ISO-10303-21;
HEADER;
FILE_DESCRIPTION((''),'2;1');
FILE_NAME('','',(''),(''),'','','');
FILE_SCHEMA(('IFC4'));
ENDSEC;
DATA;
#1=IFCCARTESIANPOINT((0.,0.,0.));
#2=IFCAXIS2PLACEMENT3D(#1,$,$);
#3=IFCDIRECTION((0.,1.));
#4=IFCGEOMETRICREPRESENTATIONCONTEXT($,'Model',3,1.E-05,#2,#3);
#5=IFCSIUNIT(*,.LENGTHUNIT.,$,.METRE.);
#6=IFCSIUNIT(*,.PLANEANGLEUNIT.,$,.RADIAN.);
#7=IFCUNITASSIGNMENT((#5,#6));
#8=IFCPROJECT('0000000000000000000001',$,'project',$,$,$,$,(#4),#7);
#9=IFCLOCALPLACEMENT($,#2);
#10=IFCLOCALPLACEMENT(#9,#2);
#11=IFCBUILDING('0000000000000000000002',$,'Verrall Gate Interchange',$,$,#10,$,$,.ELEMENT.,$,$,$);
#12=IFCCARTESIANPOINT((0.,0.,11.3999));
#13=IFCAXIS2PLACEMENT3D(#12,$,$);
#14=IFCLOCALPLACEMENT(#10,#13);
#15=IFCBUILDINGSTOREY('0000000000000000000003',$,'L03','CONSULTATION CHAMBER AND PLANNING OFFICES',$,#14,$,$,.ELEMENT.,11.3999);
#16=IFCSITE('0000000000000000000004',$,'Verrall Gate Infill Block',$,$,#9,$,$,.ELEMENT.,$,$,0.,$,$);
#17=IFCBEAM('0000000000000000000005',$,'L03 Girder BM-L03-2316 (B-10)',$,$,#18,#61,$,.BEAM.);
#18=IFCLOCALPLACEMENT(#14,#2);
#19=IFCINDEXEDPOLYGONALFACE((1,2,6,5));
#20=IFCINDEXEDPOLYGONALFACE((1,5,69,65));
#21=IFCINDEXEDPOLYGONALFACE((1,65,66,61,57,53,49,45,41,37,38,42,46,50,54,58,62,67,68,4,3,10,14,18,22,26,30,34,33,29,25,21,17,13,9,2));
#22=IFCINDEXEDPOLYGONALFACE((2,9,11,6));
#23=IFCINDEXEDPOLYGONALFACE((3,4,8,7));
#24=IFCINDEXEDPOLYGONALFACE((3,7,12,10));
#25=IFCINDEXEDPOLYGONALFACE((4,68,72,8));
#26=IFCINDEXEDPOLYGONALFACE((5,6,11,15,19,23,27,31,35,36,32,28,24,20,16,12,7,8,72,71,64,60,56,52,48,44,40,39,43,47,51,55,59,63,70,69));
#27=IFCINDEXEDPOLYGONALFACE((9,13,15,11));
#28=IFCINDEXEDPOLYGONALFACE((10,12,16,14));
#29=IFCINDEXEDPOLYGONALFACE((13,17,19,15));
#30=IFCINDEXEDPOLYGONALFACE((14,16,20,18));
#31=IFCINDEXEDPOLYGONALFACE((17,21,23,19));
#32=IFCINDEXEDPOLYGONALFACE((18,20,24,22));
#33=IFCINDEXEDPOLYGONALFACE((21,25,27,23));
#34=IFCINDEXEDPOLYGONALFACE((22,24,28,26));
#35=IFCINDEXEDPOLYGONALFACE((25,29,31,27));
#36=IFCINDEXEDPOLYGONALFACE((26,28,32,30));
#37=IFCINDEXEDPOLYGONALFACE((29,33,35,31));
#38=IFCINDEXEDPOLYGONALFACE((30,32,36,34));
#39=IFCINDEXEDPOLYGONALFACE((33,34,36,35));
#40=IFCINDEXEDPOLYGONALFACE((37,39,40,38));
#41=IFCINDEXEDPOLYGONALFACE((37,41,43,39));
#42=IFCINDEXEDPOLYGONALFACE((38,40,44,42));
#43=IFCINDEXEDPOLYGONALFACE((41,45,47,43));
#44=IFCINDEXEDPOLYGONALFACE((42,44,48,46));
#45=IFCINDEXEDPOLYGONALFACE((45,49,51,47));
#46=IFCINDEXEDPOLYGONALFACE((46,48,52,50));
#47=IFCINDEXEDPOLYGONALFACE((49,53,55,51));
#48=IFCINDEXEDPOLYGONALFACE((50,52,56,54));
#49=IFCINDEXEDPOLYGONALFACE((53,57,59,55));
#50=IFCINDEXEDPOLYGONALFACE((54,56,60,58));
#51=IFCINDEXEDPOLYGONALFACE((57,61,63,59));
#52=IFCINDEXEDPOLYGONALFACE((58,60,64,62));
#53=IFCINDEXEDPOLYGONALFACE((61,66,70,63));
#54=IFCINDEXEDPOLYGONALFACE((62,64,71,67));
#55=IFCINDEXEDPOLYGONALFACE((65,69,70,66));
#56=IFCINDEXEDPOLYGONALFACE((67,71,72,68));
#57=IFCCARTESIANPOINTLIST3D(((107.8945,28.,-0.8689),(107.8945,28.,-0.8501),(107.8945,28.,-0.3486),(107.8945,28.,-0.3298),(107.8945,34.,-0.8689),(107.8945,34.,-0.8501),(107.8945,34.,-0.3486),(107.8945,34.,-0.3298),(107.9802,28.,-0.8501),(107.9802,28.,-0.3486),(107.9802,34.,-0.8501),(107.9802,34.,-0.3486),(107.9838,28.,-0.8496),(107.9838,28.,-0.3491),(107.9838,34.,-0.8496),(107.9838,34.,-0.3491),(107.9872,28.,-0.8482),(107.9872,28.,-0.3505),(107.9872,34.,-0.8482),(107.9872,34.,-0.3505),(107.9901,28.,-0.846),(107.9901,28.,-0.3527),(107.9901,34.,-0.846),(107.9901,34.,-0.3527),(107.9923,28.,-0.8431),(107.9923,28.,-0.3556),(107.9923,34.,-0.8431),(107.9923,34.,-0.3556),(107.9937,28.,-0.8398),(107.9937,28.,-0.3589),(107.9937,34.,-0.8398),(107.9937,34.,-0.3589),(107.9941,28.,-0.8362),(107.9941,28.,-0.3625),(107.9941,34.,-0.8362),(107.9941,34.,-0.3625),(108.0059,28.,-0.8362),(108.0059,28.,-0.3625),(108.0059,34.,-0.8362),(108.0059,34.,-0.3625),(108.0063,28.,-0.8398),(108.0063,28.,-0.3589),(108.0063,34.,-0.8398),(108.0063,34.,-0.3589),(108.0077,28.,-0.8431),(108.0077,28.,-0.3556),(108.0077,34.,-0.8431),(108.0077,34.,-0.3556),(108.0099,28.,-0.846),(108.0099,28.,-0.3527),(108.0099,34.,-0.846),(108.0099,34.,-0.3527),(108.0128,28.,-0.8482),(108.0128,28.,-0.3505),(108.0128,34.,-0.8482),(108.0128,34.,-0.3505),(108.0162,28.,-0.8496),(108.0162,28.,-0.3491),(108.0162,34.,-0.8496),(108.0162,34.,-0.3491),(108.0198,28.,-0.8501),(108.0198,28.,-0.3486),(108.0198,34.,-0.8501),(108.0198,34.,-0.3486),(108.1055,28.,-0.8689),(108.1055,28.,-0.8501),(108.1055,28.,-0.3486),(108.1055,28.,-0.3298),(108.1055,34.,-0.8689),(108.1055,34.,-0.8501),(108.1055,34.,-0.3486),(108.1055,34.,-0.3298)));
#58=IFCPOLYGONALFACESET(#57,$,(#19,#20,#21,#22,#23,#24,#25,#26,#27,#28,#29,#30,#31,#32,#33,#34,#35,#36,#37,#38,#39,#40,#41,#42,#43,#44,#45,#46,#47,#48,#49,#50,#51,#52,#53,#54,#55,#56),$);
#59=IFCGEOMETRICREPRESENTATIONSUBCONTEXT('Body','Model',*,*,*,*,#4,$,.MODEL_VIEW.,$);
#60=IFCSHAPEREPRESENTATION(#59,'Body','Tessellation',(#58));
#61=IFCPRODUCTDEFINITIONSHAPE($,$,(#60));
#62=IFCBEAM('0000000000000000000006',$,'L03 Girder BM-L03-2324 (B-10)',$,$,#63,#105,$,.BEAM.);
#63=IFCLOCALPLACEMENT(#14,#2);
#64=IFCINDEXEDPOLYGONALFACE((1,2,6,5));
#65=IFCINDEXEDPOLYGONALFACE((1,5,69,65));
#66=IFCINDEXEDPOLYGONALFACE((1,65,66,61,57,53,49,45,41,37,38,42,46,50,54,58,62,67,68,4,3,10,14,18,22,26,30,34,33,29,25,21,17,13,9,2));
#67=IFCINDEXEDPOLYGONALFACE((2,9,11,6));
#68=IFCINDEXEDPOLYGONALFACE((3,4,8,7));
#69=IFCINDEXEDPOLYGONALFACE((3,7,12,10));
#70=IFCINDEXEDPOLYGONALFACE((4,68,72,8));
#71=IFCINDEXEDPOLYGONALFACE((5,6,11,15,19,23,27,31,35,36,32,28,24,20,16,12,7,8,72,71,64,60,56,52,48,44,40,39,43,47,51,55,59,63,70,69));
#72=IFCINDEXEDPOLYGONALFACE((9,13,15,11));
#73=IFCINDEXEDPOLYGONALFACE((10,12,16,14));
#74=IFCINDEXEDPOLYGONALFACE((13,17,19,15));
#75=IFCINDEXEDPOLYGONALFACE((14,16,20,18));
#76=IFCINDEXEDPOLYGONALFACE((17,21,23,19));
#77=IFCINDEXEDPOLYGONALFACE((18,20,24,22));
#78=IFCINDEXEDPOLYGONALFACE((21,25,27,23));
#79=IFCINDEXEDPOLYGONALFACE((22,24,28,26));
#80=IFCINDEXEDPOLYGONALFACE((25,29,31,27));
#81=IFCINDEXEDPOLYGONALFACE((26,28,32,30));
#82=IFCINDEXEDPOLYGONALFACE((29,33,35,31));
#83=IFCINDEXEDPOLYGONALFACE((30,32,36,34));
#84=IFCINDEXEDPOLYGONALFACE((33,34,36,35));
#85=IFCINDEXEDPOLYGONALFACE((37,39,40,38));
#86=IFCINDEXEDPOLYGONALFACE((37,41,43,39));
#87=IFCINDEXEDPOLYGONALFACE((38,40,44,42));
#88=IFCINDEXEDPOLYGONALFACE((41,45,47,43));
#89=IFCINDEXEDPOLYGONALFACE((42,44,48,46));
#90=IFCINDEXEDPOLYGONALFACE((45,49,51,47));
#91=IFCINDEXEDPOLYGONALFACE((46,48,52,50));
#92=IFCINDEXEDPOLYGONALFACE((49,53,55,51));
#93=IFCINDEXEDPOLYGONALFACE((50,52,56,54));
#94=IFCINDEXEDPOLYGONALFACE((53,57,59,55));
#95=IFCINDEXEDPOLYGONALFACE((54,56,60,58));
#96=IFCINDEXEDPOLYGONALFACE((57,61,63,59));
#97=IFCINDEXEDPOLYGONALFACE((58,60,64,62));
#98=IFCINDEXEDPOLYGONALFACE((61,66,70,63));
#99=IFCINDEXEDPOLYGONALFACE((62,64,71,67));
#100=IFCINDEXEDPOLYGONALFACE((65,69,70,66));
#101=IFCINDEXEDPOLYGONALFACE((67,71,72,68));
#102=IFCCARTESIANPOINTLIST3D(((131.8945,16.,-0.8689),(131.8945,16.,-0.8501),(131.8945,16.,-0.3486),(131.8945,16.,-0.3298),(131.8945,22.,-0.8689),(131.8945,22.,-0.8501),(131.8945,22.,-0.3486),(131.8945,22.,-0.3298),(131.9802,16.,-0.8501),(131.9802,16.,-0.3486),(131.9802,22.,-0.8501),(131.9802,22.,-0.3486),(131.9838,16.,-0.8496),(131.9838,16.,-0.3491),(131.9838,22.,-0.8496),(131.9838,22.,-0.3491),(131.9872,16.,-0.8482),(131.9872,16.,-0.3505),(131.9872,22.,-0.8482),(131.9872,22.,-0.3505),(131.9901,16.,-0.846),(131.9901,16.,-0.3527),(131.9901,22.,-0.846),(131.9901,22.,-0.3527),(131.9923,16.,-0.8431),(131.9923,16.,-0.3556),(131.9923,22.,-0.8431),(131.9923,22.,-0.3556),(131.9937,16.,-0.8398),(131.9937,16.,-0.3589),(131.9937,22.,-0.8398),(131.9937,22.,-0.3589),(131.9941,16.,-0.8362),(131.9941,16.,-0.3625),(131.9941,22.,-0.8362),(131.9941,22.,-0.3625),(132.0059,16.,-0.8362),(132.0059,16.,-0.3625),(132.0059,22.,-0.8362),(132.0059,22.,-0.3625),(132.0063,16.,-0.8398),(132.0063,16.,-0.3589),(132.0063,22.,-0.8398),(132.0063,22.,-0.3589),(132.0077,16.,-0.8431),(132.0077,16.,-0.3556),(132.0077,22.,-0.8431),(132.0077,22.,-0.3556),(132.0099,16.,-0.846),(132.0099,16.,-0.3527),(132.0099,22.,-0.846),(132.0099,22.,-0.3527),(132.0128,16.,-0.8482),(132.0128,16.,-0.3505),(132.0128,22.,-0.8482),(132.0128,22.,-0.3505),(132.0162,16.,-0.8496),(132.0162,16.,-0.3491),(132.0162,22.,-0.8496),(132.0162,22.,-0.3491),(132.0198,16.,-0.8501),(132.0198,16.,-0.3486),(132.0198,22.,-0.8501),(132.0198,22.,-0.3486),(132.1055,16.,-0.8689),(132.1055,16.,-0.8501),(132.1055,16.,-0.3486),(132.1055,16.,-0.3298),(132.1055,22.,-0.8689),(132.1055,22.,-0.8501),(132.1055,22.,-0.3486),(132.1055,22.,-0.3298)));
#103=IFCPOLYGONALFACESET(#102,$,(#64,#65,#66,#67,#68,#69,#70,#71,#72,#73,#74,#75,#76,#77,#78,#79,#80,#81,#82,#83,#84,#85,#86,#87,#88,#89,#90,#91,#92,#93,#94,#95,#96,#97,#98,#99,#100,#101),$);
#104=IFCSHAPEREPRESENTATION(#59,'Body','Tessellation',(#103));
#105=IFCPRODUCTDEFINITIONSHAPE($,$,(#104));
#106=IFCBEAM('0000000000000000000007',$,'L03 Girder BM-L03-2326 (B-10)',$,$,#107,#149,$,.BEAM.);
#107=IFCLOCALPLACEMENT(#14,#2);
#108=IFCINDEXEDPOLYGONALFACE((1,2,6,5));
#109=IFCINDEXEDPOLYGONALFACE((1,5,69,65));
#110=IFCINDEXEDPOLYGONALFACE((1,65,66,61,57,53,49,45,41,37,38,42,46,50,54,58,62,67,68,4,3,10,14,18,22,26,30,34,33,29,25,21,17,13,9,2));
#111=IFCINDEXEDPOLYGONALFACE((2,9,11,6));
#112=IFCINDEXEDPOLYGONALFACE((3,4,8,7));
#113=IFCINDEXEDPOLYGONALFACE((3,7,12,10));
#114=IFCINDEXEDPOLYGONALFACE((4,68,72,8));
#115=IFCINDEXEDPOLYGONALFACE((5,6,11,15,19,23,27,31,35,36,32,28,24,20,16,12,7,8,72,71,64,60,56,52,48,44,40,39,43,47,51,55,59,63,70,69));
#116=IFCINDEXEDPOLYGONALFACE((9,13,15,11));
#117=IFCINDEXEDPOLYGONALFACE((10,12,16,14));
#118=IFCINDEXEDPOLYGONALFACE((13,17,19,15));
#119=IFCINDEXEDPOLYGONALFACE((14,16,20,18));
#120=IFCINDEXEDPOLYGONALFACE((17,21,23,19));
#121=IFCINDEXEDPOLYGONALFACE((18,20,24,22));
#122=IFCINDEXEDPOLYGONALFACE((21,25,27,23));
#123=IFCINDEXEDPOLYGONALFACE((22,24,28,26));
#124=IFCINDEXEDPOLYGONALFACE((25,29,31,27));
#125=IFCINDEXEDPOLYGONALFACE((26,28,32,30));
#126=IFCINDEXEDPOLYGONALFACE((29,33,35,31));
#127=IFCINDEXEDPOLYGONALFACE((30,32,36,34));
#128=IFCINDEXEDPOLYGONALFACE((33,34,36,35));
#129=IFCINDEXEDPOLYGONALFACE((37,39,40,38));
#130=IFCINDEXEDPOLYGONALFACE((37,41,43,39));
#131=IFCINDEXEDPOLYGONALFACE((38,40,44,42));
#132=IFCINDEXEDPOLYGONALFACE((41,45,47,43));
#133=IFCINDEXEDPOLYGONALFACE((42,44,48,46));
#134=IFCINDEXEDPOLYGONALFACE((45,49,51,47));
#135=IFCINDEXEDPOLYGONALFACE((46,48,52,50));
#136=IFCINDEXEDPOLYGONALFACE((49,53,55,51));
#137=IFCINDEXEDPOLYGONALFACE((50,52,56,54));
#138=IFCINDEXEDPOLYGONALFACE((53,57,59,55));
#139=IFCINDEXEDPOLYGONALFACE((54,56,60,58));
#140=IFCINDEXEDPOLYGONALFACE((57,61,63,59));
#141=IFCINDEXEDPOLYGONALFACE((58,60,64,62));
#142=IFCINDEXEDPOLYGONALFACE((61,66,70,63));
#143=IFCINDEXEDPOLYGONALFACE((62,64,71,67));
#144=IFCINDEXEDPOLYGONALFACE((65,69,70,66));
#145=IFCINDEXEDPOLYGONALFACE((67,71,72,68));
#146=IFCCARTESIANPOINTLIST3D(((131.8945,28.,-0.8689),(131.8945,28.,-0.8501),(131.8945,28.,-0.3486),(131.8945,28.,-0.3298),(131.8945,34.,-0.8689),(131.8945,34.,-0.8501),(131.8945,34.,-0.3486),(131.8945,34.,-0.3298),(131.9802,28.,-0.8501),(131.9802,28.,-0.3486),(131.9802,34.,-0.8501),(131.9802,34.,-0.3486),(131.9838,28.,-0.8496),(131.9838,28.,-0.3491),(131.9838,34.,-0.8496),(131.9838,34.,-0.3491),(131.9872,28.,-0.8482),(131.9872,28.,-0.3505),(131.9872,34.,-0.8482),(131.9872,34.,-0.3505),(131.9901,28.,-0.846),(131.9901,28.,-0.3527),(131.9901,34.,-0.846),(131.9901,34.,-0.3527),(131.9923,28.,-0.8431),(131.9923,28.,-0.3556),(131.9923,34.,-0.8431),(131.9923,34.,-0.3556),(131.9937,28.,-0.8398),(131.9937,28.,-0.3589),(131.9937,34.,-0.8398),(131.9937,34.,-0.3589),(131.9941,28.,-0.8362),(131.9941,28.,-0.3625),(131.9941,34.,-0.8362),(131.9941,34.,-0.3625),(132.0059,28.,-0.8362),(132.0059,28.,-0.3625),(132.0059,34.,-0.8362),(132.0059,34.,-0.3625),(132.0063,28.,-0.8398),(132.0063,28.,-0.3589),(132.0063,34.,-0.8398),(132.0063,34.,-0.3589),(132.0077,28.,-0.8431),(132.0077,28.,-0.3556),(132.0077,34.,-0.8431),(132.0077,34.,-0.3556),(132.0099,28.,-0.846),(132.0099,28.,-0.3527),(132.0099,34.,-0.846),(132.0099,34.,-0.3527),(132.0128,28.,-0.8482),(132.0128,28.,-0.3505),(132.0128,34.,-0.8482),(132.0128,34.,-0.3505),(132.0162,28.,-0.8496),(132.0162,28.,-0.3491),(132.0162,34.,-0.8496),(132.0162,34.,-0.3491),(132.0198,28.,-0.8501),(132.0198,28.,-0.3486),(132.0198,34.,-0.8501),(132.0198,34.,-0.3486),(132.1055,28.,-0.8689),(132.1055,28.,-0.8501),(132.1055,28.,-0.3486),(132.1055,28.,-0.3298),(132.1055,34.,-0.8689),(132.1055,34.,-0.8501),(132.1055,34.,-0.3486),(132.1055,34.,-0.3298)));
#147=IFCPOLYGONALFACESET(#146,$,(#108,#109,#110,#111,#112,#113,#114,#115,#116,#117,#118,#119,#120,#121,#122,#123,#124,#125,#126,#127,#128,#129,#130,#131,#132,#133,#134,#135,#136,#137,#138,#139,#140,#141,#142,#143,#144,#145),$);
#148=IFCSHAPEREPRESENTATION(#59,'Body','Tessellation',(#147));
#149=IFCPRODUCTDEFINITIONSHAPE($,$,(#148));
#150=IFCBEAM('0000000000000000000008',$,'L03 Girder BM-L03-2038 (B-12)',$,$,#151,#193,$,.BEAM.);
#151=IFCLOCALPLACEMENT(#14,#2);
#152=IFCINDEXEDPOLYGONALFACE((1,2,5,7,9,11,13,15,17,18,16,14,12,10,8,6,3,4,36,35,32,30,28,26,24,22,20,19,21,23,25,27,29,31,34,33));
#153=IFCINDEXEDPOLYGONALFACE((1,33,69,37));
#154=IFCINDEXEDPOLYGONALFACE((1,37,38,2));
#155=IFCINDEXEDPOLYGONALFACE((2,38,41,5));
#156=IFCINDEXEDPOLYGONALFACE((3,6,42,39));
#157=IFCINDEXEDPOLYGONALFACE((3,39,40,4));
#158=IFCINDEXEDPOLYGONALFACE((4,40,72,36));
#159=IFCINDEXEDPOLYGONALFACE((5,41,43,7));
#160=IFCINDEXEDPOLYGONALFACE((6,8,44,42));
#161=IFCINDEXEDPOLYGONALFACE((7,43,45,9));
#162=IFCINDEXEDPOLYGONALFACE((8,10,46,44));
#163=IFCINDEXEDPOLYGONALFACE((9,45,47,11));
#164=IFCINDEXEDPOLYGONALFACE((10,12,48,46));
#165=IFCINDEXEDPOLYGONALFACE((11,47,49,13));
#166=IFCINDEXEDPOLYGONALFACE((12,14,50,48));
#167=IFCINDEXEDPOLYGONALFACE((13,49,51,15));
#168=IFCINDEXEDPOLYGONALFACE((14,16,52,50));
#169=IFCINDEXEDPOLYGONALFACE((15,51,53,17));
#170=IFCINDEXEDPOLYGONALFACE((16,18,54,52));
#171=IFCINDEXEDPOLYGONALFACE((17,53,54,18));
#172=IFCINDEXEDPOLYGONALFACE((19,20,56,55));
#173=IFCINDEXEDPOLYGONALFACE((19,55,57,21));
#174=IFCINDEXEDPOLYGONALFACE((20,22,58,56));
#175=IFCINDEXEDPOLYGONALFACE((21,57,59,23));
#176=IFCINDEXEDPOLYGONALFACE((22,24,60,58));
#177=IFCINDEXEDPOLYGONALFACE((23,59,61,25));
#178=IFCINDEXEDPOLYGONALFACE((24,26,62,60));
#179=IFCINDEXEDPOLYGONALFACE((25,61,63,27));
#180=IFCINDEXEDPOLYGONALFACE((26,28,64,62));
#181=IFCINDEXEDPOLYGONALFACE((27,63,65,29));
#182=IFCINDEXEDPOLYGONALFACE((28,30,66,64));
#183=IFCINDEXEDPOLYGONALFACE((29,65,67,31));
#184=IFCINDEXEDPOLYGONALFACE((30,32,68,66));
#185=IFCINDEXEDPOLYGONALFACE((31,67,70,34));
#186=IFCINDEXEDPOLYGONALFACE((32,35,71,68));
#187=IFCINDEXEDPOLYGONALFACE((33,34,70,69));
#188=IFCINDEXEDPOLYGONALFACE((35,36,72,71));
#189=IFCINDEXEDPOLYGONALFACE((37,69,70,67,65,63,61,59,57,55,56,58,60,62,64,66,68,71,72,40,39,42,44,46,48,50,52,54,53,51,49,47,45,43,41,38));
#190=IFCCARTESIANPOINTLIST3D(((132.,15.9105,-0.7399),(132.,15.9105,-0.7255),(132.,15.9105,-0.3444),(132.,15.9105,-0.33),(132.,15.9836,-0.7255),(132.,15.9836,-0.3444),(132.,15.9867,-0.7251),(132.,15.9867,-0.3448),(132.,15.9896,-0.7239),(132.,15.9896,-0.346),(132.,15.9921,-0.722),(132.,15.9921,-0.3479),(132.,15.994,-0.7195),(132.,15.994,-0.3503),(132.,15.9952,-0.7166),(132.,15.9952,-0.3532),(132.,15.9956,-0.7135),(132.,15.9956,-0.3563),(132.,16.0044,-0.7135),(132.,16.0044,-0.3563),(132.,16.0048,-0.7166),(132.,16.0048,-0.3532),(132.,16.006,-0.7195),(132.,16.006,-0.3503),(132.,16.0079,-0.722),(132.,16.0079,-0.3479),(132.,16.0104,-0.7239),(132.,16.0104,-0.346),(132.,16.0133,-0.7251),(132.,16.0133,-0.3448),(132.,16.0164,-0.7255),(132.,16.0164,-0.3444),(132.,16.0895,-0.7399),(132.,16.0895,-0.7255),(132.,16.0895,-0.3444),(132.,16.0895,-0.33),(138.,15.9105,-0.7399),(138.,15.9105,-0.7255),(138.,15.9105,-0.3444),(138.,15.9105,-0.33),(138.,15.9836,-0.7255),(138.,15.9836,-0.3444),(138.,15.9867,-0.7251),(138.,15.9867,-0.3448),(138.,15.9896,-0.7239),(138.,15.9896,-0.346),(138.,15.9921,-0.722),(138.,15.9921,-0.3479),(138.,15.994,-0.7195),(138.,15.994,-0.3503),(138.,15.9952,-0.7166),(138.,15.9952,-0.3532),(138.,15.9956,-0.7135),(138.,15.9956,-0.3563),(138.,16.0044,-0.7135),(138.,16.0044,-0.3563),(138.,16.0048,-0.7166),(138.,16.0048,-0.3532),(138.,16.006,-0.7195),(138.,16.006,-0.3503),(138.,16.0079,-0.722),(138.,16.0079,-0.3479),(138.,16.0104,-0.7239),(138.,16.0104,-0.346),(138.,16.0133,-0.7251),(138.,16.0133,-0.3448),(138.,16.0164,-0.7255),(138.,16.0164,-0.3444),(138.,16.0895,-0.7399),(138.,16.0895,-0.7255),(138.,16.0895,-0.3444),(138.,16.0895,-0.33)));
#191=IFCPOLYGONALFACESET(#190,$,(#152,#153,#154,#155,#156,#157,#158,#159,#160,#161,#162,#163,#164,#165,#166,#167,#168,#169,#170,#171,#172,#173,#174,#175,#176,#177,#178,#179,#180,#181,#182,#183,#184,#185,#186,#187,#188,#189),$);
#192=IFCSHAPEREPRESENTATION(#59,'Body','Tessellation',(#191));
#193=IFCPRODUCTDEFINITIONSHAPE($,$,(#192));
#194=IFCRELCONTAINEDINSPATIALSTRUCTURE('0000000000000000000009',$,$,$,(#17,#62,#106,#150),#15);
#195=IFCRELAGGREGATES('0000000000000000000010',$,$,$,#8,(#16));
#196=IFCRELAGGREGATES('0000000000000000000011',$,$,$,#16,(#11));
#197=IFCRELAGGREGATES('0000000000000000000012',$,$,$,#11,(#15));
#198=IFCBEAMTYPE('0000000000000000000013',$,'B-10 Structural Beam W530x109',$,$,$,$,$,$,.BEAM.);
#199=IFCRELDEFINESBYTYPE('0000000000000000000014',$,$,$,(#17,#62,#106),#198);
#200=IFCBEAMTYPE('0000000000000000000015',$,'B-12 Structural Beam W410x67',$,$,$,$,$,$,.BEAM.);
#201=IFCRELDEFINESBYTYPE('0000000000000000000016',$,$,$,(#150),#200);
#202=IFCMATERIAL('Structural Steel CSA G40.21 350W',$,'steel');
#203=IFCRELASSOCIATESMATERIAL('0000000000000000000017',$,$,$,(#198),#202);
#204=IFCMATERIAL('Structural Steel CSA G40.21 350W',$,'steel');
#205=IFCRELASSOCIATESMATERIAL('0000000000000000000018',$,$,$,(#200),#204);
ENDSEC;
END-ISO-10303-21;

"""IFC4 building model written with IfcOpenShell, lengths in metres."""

from ifc_helpers import new_model, si_unit, direction, frame, origin, origin_2d, place, context, subcontext, project, spatial, i_section, extrude, material, material_profile, profile_set, type_object, element, save


model = new_model("IFC4")

# Units and contexts
model_context = context("Model", 3, precision=1e-05, world=origin(), true_north=direction((0.0, 1.0)))
body_context = subcontext(model_context, "Body", "Model", "MODEL_VIEW")
ifc_project = project(units=[si_unit("LENGTHUNIT", "METRE"), si_unit("PLANEANGLEUNIT", "RADIAN")], contexts=[model_context])

# Site, building, storey
site_placement = place(None, origin())
site = spatial("IfcSite", under=ifc_project, at=site_placement, Name="Verrall Gate Infill Block", CompositionType="ELEMENT", RefElevation=0.0)
building_placement = place(site_placement, origin())
building = spatial("IfcBuilding", under=site, at=building_placement, Name="Verrall Gate Interchange", CompositionType="ELEMENT")
storey_placement = place(building_placement, frame((0.0, 0.0, 11.3999)))
storey = spatial("IfcBuildingStorey", under=building, at=storey_placement, Name="L03", Description="CONSULTATION CHAMBER AND PLANNING OFFICES", CompositionType="ELEMENT", Elevation=11.3999)

# Beams
ifc_material_1 = material(Name="Structural Steel CSA G40.21 350W", Category="steel")
ifc_material_profile_1 = material_profile(ifc_material_1, i_section(OverallWidth=0.2109, OverallDepth=0.5391, WebThickness=0.0117, FlangeThickness=0.0188, FilletRadius=0.0139, at=origin_2d()), Name="W530x109")
ifc_profile_set_1 = profile_set([ifc_material_profile_1], Name="Structural Steel CSA G40.21 350W")
beam_type_1 = type_object("IfcBeamType", Name="B-10 Structural Beam W530x109", PredefinedType="BEAM", material=ifc_profile_set_1)
for number, where, z_axis, x_axis, name in (
    (1, (108.0, 28.0, -0.5994), (0.0, 1.0, 0.0), (-1.0, 0.0, 0.0), "L03 Girder BM-L03-2316 (B-10)"),
    (2, (132.0, 16.0, -0.5994), (0.0, 1.0, 0.0), (-1.0, 0.0, 0.0), "L03 Girder BM-L03-2324 (B-10)"),
    (3, (132.0, 28.0, -0.5994), (0.0, 1.0, 0.0), (-1.0, 0.0, 0.0), "L03 Girder BM-L03-2326 (B-10)"),
):
    element("IfcBeam", number, at=place(storey_placement, frame(where, z_axis=z_axis, x_axis=x_axis)), inside=storey, type_object=beam_type_1, Name=name, PredefinedType="BEAM", context=body_context, shape_type="SweptSolid", body=[
        extrude(i_section(OverallWidth=0.2109, OverallDepth=0.5391, WebThickness=0.0117, FlangeThickness=0.0188, FilletRadius=0.0139, at=origin_2d()), origin(), (0.0, 0.0, 1.0), 6.0),
    ])
ifc_material_2 = material(Name="Structural Steel CSA G40.21 350W", Category="steel")
ifc_material_profile_2 = material_profile(ifc_material_2, i_section(OverallWidth=0.179, OverallDepth=0.4099, WebThickness=0.0088, FlangeThickness=0.0144, FilletRadius=0.012, at=origin_2d()), Name="W410x67")
ifc_profile_set_2 = profile_set([ifc_material_profile_2], Name="Structural Steel CSA G40.21 350W")
beam_type_2 = type_object("IfcBeamType", Name="B-12 Structural Beam W410x67", PredefinedType="BEAM", material=ifc_profile_set_2)
for number, where, z_axis, x_axis, name in (
    (4, (132.0, 16.0, -0.5349), (1.0, 0.0, 0.0), (0.0, 1.0, 0.0), "L03 Girder BM-L03-2038 (B-12)"),
):
    element("IfcBeam", number, at=place(storey_placement, frame(where, z_axis=z_axis, x_axis=x_axis)), inside=storey, type_object=beam_type_2, Name=name, PredefinedType="BEAM", context=body_context, shape_type="SweptSolid", body=[
        extrude(i_section(OverallWidth=0.179, OverallDepth=0.4099, WebThickness=0.0088, FlangeThickness=0.0144, FilletRadius=0.012, at=origin_2d()), origin(), (0.0, 0.0, 1.0), 6.0),
    ])

save(model, "model.ifc")
